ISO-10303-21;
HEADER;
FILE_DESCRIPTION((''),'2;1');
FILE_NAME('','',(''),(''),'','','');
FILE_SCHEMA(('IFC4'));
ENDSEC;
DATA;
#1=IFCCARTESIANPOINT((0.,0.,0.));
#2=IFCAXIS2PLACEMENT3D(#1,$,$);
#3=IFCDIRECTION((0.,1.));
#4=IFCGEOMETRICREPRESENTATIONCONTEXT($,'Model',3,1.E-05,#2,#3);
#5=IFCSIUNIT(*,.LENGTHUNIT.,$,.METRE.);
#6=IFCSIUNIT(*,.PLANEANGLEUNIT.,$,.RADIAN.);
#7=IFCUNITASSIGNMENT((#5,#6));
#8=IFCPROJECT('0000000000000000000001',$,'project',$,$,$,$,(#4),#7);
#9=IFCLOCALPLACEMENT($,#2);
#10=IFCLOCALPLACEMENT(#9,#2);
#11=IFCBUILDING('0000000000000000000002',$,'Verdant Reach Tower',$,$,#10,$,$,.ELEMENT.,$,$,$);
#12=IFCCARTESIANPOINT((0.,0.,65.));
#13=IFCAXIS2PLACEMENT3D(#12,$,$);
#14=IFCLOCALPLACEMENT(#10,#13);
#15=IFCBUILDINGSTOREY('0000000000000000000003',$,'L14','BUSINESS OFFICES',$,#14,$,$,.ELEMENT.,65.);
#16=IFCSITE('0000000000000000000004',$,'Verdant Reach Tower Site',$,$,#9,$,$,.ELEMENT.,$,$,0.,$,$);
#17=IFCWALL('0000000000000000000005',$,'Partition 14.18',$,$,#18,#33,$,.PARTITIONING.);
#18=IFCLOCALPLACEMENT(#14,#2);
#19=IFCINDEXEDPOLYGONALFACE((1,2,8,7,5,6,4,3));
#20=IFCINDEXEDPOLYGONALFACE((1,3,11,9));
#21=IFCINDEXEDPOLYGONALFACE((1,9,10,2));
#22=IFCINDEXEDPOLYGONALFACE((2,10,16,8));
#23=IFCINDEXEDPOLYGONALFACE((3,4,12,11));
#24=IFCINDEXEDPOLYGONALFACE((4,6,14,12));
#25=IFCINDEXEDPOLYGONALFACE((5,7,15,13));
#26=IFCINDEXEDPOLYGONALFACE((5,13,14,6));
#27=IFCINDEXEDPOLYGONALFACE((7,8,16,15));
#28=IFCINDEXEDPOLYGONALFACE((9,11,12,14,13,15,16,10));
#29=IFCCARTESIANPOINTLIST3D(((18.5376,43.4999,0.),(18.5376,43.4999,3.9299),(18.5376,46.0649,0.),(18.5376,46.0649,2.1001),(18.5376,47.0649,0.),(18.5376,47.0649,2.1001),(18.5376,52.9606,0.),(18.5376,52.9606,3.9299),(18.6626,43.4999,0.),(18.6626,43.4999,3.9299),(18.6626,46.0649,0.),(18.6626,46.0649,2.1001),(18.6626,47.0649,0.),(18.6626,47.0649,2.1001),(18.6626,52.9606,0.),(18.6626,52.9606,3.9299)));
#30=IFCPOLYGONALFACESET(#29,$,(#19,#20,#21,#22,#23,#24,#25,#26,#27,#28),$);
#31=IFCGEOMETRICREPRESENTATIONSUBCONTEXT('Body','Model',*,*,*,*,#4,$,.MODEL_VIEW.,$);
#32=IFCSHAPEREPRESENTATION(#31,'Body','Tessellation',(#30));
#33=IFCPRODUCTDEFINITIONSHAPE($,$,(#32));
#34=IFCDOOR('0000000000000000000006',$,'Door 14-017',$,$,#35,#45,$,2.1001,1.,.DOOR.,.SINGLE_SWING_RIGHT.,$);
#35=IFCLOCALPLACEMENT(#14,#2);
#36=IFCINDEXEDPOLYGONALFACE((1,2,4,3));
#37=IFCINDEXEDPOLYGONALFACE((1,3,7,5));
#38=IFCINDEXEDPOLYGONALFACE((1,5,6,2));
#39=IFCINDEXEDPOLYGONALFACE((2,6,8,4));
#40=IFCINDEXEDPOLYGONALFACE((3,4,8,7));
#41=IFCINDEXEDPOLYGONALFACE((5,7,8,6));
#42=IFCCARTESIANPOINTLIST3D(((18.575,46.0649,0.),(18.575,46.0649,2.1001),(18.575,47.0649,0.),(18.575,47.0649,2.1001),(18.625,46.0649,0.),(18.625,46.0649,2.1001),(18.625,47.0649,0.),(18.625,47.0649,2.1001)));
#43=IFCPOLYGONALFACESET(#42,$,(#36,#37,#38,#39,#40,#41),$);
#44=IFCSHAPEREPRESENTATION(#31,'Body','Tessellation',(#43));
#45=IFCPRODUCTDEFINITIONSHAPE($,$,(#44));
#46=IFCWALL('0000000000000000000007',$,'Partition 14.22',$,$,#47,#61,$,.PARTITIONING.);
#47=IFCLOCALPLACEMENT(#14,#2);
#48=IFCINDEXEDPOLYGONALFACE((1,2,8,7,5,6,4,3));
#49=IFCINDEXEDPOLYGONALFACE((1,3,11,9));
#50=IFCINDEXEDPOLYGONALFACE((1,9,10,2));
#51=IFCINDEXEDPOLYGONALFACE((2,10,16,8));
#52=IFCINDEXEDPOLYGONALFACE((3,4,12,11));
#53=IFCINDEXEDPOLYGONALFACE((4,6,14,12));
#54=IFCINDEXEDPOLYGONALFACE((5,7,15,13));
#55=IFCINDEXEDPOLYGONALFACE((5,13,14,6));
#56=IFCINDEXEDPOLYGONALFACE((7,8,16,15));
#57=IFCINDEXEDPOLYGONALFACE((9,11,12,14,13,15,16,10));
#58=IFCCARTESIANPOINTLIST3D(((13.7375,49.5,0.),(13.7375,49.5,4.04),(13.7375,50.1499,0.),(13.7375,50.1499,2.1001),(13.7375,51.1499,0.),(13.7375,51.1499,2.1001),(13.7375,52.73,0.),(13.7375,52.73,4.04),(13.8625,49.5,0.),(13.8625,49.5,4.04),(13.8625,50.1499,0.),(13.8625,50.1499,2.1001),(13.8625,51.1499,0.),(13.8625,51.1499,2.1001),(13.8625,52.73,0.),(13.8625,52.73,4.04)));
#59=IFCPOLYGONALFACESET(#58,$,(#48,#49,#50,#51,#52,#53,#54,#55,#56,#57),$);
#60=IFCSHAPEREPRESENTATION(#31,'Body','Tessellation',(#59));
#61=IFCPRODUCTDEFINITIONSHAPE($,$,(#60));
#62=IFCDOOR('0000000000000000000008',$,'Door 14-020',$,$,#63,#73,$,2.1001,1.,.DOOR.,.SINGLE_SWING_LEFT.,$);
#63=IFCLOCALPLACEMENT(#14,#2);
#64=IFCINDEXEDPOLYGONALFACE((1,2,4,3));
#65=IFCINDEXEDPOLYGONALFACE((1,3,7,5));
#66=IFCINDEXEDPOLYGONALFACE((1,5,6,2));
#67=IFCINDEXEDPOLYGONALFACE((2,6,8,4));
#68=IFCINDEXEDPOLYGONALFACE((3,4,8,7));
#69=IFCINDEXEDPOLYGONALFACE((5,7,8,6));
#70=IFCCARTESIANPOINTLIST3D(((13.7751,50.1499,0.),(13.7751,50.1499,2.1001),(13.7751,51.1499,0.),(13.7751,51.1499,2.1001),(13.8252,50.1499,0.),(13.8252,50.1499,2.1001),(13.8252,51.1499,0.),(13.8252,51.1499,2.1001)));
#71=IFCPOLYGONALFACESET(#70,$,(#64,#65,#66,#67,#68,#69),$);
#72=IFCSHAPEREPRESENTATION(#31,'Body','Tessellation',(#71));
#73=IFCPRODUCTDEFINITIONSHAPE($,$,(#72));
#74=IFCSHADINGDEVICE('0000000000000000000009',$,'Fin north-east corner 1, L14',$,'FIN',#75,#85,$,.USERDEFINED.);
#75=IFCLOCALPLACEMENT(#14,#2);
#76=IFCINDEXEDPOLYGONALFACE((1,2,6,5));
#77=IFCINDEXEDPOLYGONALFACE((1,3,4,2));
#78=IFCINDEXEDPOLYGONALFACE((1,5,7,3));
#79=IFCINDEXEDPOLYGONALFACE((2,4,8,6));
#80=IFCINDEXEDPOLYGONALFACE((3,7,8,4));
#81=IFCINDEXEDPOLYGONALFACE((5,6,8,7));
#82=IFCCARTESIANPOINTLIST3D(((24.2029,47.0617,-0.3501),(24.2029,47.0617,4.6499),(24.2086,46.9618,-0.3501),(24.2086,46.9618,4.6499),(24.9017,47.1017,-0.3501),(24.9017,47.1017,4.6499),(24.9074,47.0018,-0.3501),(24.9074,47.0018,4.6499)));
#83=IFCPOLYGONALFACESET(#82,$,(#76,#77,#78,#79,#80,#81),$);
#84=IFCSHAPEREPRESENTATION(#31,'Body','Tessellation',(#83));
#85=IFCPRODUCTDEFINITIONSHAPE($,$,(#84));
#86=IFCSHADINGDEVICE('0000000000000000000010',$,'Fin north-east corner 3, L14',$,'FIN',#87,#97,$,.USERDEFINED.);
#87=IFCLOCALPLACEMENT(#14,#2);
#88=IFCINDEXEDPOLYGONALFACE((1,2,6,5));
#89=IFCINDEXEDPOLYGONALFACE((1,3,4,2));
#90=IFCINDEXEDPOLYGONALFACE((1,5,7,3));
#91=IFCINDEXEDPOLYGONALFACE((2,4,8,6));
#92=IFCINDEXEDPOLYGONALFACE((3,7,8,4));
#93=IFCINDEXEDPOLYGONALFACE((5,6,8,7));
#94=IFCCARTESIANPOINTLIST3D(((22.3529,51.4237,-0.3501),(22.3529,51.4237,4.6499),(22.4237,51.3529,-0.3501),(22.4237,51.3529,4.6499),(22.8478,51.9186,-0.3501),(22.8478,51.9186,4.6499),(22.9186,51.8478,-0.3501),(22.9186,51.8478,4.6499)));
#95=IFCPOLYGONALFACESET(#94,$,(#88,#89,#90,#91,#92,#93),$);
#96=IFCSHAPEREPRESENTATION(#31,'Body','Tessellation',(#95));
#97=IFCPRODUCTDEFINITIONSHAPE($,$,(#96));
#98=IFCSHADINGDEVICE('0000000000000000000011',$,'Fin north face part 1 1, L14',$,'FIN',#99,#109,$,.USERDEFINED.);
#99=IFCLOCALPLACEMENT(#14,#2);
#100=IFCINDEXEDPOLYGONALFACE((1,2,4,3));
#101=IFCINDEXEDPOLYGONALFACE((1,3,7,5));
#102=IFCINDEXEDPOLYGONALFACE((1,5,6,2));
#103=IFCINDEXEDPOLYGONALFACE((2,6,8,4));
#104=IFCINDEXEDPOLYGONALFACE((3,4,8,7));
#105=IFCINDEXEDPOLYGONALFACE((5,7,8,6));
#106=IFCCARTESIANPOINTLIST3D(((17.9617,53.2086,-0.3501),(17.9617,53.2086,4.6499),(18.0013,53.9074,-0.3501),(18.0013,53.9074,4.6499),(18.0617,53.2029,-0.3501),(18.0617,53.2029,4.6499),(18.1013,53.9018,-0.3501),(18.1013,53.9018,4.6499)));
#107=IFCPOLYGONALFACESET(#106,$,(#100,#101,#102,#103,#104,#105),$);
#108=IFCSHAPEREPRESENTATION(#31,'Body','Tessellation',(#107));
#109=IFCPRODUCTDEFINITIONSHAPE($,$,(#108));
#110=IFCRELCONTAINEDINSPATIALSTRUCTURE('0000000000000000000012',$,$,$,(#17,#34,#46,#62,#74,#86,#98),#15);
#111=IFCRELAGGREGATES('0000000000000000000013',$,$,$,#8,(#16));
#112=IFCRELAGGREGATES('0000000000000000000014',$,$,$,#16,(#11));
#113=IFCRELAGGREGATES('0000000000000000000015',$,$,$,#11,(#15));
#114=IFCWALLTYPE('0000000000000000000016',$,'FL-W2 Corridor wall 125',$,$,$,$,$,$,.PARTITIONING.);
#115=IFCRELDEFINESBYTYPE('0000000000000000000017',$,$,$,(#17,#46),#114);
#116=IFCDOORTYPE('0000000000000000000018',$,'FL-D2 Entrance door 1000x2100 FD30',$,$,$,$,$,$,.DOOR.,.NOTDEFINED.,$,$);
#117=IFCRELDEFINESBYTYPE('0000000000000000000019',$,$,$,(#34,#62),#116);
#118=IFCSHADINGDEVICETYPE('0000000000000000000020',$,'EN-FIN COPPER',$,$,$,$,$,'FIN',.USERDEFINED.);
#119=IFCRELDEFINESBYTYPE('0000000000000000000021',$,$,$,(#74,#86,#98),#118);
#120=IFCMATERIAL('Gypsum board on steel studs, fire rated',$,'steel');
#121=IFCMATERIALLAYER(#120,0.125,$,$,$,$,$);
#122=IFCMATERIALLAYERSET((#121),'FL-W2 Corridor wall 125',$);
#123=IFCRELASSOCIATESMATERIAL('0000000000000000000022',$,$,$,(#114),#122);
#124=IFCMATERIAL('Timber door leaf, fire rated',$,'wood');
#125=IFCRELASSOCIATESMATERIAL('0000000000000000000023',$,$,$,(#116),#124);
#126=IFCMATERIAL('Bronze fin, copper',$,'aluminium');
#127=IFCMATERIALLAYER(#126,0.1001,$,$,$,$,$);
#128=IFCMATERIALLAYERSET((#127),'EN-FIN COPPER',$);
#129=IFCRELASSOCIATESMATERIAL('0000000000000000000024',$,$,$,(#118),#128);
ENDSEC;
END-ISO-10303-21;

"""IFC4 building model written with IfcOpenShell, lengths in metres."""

from ifc_helpers import new_model, si_unit, direction, frame, frame_2d, origin, origin_2d, place, context, subcontext, project, spatial, rectangle, extrude, material, layer, layer_set, type_object, element, fill, save


model = new_model("IFC4")

# Units and contexts
model_context = context("Model", 3, precision=1e-05, world=origin(), true_north=direction((0.0, 1.0)))
body_context = subcontext(model_context, "Body", "Model", "MODEL_VIEW")
ifc_project = project(units=[si_unit("LENGTHUNIT", "METRE"), si_unit("PLANEANGLEUNIT", "RADIAN")], contexts=[model_context])

# Site, building, storey
site_placement = place(None, origin())
site = spatial("IfcSite", under=ifc_project, at=site_placement, Name="Verdant Reach Tower Site", CompositionType="ELEMENT", RefElevation=0.0)
building_placement = place(site_placement, origin())
building = spatial("IfcBuilding", under=site, at=building_placement, Name="Verdant Reach Tower", CompositionType="ELEMENT")
storey_placement = place(building_placement, frame((0.0, 0.0, 65.0)))
storey = spatial("IfcBuildingStorey", under=building, at=storey_placement, Name="L14", Description="BUSINESS OFFICES", CompositionType="ELEMENT", Elevation=65.0)

# Walls, openings, doors
ifc_material_1 = material(Name="Gypsum board on steel studs, fire rated", Category="steel")
ifc_layer_1 = layer(ifc_material_1, 0.125)
ifc_layer_set_1 = layer_set([ifc_layer_1], Name="FL-W2 Corridor wall 125")
wall_type_1 = type_object("IfcWallType", Name="FL-W2 Corridor wall 125", PredefinedType="PARTITIONING", material=ifc_layer_set_1)
wall_1_placement = place(storey_placement, frame((18.6001, 52.9607, 0.0), z_axis=(0.0, 0.0, 1.0), x_axis=(0.0, -1.0, 0.0)))
wall_1 = element("IfcWall", 1, at=wall_1_placement, inside=storey, type_object=wall_type_1, Name="Partition 14.18", PredefinedType="PARTITIONING", context=body_context, shape_type="SweptSolid", body=[
    extrude(rectangle(XDim=9.4607, YDim=0.125, at=frame_2d((4.7305, 0.0))), origin(), (0.0, 0.0, 1.0), 3.9299),
])
opening_1_placement = place(wall_1_placement, frame((5.8958, 0.0, 0.0)))
opening_1 = element("IfcOpeningElement", 2, at=opening_1_placement, cuts=wall_1, PredefinedType="OPENING", context=body_context, shape_type="SweptSolid", body=[
    extrude(rectangle(XDim=1.0, YDim=2.1001, at=frame_2d((0.5, 1.05))), frame((0.0, 0.0725, 0.0), z_axis=(0.0, -1.0, 0.0), x_axis=(1.0, 0.0, 0.0)), (0.0, 0.0, 1.0), 0.145),
])
ifc_material_2 = material(Name="Timber door leaf, fire rated", Category="wood")
door_type = type_object("IfcDoorType", Name="FL-D2 Entrance door 1000x2100 FD30", OperationType="NOTDEFINED", PredefinedType="DOOR", material=ifc_material_2)
door_1_placement = place(opening_1_placement, origin())
door_1 = element("IfcDoor", 3, at=door_1_placement, inside=storey, type_object=door_type, Name="Door 14-017", OperationType="SINGLE_SWING_RIGHT", OverallHeight=2.1001, OverallWidth=1.0, PredefinedType="DOOR", context=body_context, shape_type="SweptSolid", body=[
    extrude(rectangle(XDim=1.0, YDim=2.1001, at=frame_2d((0.5, 1.05))), frame((0.0, 0.0249, 0.0), z_axis=(0.0, -1.0, 0.0), x_axis=(1.0, 0.0, 0.0)), (0.0, 0.0, 1.0), 0.05),
])
fill(opening_1, door_1)
wall_2_placement = place(storey_placement, frame((13.8, 49.5, 0.0), z_axis=(0.0, 0.0, 1.0), x_axis=(0.0, 1.0, 0.0)))
wall_2 = element("IfcWall", 4, at=wall_2_placement, inside=storey, type_object=wall_type_1, Name="Partition 14.22", PredefinedType="PARTITIONING", context=body_context, shape_type="SweptSolid", body=[
    extrude(rectangle(XDim=3.23, YDim=0.125, at=frame_2d((1.615, 0.0))), origin(), (0.0, 0.0, 1.0), 4.04),
])
opening_2_placement = place(wall_2_placement, frame((0.6499, 0.0, 0.0)))
opening_2 = element("IfcOpeningElement", 5, at=opening_2_placement, cuts=wall_2, PredefinedType="OPENING", context=body_context, shape_type="SweptSolid", body=[
    extrude(rectangle(XDim=1.0, YDim=2.1001, at=frame_2d((0.5, 1.05))), frame((0.0, 0.0725, 0.0), z_axis=(0.0, -1.0, 0.0), x_axis=(1.0, 0.0, 0.0)), (0.0, 0.0, 1.0), 0.145),
])
door_2_placement = place(opening_2_placement, origin())
door_2 = element("IfcDoor", 6, at=door_2_placement, inside=storey, type_object=door_type, Name="Door 14-020", OperationType="SINGLE_SWING_LEFT", OverallHeight=2.1001, OverallWidth=1.0, PredefinedType="DOOR", context=body_context, shape_type="SweptSolid", body=[
    extrude(rectangle(XDim=1.0, YDim=2.1001, at=frame_2d((0.5, 1.05))), frame((0.0, 0.0249, 0.0), z_axis=(0.0, -1.0, 0.0), x_axis=(1.0, 0.0, 0.0)), (0.0, 0.0, 1.0), 0.05),
])
fill(opening_2, door_2)

# Shading devices
ifc_material_3 = material(Name="Bronze fin, copper", Category="aluminium")
ifc_layer_2 = layer(ifc_material_3, 0.1001)
ifc_layer_set_2 = layer_set([ifc_layer_2], Name="EN-FIN COPPER")
shading_device_type = type_object("IfcShadingDeviceType", Name="EN-FIN COPPER", ElementType="FIN", PredefinedType="USERDEFINED", material=ifc_layer_set_2)
for number, where, z_axis, x_axis, name in (
    (7, (24.5552, 47.0317, -0.3501), (0.0, 0.0, 1.0), (-0.057135, 0.998366, 0.0), "Fin north-east corner 1, L14"),
    (8, (22.6357, 51.6357, -0.3501), (0.0, 0.0, 1.0), (-0.707107, 0.707107, 0.0), "Fin north-east corner 3, L14"),
    (9, (18.0315, 53.5552, -0.3501), (0.0, 0.0, 1.0), (-0.998399, 0.056569, 0.0), "Fin north face part 1 1, L14"),
):
    element("IfcShadingDevice", number, at=place(storey_placement, frame(where, z_axis=z_axis, x_axis=x_axis)), inside=storey, type_object=shading_device_type, Name=name, ObjectType="FIN", PredefinedType="USERDEFINED", context=body_context, shape_type="SweptSolid", body=[
        extrude(rectangle(XDim=0.1001, YDim=0.7, at=origin_2d()), origin(), (0.0, 0.0, 1.0), 5.0),
    ])

save(model, "model.ifc")
